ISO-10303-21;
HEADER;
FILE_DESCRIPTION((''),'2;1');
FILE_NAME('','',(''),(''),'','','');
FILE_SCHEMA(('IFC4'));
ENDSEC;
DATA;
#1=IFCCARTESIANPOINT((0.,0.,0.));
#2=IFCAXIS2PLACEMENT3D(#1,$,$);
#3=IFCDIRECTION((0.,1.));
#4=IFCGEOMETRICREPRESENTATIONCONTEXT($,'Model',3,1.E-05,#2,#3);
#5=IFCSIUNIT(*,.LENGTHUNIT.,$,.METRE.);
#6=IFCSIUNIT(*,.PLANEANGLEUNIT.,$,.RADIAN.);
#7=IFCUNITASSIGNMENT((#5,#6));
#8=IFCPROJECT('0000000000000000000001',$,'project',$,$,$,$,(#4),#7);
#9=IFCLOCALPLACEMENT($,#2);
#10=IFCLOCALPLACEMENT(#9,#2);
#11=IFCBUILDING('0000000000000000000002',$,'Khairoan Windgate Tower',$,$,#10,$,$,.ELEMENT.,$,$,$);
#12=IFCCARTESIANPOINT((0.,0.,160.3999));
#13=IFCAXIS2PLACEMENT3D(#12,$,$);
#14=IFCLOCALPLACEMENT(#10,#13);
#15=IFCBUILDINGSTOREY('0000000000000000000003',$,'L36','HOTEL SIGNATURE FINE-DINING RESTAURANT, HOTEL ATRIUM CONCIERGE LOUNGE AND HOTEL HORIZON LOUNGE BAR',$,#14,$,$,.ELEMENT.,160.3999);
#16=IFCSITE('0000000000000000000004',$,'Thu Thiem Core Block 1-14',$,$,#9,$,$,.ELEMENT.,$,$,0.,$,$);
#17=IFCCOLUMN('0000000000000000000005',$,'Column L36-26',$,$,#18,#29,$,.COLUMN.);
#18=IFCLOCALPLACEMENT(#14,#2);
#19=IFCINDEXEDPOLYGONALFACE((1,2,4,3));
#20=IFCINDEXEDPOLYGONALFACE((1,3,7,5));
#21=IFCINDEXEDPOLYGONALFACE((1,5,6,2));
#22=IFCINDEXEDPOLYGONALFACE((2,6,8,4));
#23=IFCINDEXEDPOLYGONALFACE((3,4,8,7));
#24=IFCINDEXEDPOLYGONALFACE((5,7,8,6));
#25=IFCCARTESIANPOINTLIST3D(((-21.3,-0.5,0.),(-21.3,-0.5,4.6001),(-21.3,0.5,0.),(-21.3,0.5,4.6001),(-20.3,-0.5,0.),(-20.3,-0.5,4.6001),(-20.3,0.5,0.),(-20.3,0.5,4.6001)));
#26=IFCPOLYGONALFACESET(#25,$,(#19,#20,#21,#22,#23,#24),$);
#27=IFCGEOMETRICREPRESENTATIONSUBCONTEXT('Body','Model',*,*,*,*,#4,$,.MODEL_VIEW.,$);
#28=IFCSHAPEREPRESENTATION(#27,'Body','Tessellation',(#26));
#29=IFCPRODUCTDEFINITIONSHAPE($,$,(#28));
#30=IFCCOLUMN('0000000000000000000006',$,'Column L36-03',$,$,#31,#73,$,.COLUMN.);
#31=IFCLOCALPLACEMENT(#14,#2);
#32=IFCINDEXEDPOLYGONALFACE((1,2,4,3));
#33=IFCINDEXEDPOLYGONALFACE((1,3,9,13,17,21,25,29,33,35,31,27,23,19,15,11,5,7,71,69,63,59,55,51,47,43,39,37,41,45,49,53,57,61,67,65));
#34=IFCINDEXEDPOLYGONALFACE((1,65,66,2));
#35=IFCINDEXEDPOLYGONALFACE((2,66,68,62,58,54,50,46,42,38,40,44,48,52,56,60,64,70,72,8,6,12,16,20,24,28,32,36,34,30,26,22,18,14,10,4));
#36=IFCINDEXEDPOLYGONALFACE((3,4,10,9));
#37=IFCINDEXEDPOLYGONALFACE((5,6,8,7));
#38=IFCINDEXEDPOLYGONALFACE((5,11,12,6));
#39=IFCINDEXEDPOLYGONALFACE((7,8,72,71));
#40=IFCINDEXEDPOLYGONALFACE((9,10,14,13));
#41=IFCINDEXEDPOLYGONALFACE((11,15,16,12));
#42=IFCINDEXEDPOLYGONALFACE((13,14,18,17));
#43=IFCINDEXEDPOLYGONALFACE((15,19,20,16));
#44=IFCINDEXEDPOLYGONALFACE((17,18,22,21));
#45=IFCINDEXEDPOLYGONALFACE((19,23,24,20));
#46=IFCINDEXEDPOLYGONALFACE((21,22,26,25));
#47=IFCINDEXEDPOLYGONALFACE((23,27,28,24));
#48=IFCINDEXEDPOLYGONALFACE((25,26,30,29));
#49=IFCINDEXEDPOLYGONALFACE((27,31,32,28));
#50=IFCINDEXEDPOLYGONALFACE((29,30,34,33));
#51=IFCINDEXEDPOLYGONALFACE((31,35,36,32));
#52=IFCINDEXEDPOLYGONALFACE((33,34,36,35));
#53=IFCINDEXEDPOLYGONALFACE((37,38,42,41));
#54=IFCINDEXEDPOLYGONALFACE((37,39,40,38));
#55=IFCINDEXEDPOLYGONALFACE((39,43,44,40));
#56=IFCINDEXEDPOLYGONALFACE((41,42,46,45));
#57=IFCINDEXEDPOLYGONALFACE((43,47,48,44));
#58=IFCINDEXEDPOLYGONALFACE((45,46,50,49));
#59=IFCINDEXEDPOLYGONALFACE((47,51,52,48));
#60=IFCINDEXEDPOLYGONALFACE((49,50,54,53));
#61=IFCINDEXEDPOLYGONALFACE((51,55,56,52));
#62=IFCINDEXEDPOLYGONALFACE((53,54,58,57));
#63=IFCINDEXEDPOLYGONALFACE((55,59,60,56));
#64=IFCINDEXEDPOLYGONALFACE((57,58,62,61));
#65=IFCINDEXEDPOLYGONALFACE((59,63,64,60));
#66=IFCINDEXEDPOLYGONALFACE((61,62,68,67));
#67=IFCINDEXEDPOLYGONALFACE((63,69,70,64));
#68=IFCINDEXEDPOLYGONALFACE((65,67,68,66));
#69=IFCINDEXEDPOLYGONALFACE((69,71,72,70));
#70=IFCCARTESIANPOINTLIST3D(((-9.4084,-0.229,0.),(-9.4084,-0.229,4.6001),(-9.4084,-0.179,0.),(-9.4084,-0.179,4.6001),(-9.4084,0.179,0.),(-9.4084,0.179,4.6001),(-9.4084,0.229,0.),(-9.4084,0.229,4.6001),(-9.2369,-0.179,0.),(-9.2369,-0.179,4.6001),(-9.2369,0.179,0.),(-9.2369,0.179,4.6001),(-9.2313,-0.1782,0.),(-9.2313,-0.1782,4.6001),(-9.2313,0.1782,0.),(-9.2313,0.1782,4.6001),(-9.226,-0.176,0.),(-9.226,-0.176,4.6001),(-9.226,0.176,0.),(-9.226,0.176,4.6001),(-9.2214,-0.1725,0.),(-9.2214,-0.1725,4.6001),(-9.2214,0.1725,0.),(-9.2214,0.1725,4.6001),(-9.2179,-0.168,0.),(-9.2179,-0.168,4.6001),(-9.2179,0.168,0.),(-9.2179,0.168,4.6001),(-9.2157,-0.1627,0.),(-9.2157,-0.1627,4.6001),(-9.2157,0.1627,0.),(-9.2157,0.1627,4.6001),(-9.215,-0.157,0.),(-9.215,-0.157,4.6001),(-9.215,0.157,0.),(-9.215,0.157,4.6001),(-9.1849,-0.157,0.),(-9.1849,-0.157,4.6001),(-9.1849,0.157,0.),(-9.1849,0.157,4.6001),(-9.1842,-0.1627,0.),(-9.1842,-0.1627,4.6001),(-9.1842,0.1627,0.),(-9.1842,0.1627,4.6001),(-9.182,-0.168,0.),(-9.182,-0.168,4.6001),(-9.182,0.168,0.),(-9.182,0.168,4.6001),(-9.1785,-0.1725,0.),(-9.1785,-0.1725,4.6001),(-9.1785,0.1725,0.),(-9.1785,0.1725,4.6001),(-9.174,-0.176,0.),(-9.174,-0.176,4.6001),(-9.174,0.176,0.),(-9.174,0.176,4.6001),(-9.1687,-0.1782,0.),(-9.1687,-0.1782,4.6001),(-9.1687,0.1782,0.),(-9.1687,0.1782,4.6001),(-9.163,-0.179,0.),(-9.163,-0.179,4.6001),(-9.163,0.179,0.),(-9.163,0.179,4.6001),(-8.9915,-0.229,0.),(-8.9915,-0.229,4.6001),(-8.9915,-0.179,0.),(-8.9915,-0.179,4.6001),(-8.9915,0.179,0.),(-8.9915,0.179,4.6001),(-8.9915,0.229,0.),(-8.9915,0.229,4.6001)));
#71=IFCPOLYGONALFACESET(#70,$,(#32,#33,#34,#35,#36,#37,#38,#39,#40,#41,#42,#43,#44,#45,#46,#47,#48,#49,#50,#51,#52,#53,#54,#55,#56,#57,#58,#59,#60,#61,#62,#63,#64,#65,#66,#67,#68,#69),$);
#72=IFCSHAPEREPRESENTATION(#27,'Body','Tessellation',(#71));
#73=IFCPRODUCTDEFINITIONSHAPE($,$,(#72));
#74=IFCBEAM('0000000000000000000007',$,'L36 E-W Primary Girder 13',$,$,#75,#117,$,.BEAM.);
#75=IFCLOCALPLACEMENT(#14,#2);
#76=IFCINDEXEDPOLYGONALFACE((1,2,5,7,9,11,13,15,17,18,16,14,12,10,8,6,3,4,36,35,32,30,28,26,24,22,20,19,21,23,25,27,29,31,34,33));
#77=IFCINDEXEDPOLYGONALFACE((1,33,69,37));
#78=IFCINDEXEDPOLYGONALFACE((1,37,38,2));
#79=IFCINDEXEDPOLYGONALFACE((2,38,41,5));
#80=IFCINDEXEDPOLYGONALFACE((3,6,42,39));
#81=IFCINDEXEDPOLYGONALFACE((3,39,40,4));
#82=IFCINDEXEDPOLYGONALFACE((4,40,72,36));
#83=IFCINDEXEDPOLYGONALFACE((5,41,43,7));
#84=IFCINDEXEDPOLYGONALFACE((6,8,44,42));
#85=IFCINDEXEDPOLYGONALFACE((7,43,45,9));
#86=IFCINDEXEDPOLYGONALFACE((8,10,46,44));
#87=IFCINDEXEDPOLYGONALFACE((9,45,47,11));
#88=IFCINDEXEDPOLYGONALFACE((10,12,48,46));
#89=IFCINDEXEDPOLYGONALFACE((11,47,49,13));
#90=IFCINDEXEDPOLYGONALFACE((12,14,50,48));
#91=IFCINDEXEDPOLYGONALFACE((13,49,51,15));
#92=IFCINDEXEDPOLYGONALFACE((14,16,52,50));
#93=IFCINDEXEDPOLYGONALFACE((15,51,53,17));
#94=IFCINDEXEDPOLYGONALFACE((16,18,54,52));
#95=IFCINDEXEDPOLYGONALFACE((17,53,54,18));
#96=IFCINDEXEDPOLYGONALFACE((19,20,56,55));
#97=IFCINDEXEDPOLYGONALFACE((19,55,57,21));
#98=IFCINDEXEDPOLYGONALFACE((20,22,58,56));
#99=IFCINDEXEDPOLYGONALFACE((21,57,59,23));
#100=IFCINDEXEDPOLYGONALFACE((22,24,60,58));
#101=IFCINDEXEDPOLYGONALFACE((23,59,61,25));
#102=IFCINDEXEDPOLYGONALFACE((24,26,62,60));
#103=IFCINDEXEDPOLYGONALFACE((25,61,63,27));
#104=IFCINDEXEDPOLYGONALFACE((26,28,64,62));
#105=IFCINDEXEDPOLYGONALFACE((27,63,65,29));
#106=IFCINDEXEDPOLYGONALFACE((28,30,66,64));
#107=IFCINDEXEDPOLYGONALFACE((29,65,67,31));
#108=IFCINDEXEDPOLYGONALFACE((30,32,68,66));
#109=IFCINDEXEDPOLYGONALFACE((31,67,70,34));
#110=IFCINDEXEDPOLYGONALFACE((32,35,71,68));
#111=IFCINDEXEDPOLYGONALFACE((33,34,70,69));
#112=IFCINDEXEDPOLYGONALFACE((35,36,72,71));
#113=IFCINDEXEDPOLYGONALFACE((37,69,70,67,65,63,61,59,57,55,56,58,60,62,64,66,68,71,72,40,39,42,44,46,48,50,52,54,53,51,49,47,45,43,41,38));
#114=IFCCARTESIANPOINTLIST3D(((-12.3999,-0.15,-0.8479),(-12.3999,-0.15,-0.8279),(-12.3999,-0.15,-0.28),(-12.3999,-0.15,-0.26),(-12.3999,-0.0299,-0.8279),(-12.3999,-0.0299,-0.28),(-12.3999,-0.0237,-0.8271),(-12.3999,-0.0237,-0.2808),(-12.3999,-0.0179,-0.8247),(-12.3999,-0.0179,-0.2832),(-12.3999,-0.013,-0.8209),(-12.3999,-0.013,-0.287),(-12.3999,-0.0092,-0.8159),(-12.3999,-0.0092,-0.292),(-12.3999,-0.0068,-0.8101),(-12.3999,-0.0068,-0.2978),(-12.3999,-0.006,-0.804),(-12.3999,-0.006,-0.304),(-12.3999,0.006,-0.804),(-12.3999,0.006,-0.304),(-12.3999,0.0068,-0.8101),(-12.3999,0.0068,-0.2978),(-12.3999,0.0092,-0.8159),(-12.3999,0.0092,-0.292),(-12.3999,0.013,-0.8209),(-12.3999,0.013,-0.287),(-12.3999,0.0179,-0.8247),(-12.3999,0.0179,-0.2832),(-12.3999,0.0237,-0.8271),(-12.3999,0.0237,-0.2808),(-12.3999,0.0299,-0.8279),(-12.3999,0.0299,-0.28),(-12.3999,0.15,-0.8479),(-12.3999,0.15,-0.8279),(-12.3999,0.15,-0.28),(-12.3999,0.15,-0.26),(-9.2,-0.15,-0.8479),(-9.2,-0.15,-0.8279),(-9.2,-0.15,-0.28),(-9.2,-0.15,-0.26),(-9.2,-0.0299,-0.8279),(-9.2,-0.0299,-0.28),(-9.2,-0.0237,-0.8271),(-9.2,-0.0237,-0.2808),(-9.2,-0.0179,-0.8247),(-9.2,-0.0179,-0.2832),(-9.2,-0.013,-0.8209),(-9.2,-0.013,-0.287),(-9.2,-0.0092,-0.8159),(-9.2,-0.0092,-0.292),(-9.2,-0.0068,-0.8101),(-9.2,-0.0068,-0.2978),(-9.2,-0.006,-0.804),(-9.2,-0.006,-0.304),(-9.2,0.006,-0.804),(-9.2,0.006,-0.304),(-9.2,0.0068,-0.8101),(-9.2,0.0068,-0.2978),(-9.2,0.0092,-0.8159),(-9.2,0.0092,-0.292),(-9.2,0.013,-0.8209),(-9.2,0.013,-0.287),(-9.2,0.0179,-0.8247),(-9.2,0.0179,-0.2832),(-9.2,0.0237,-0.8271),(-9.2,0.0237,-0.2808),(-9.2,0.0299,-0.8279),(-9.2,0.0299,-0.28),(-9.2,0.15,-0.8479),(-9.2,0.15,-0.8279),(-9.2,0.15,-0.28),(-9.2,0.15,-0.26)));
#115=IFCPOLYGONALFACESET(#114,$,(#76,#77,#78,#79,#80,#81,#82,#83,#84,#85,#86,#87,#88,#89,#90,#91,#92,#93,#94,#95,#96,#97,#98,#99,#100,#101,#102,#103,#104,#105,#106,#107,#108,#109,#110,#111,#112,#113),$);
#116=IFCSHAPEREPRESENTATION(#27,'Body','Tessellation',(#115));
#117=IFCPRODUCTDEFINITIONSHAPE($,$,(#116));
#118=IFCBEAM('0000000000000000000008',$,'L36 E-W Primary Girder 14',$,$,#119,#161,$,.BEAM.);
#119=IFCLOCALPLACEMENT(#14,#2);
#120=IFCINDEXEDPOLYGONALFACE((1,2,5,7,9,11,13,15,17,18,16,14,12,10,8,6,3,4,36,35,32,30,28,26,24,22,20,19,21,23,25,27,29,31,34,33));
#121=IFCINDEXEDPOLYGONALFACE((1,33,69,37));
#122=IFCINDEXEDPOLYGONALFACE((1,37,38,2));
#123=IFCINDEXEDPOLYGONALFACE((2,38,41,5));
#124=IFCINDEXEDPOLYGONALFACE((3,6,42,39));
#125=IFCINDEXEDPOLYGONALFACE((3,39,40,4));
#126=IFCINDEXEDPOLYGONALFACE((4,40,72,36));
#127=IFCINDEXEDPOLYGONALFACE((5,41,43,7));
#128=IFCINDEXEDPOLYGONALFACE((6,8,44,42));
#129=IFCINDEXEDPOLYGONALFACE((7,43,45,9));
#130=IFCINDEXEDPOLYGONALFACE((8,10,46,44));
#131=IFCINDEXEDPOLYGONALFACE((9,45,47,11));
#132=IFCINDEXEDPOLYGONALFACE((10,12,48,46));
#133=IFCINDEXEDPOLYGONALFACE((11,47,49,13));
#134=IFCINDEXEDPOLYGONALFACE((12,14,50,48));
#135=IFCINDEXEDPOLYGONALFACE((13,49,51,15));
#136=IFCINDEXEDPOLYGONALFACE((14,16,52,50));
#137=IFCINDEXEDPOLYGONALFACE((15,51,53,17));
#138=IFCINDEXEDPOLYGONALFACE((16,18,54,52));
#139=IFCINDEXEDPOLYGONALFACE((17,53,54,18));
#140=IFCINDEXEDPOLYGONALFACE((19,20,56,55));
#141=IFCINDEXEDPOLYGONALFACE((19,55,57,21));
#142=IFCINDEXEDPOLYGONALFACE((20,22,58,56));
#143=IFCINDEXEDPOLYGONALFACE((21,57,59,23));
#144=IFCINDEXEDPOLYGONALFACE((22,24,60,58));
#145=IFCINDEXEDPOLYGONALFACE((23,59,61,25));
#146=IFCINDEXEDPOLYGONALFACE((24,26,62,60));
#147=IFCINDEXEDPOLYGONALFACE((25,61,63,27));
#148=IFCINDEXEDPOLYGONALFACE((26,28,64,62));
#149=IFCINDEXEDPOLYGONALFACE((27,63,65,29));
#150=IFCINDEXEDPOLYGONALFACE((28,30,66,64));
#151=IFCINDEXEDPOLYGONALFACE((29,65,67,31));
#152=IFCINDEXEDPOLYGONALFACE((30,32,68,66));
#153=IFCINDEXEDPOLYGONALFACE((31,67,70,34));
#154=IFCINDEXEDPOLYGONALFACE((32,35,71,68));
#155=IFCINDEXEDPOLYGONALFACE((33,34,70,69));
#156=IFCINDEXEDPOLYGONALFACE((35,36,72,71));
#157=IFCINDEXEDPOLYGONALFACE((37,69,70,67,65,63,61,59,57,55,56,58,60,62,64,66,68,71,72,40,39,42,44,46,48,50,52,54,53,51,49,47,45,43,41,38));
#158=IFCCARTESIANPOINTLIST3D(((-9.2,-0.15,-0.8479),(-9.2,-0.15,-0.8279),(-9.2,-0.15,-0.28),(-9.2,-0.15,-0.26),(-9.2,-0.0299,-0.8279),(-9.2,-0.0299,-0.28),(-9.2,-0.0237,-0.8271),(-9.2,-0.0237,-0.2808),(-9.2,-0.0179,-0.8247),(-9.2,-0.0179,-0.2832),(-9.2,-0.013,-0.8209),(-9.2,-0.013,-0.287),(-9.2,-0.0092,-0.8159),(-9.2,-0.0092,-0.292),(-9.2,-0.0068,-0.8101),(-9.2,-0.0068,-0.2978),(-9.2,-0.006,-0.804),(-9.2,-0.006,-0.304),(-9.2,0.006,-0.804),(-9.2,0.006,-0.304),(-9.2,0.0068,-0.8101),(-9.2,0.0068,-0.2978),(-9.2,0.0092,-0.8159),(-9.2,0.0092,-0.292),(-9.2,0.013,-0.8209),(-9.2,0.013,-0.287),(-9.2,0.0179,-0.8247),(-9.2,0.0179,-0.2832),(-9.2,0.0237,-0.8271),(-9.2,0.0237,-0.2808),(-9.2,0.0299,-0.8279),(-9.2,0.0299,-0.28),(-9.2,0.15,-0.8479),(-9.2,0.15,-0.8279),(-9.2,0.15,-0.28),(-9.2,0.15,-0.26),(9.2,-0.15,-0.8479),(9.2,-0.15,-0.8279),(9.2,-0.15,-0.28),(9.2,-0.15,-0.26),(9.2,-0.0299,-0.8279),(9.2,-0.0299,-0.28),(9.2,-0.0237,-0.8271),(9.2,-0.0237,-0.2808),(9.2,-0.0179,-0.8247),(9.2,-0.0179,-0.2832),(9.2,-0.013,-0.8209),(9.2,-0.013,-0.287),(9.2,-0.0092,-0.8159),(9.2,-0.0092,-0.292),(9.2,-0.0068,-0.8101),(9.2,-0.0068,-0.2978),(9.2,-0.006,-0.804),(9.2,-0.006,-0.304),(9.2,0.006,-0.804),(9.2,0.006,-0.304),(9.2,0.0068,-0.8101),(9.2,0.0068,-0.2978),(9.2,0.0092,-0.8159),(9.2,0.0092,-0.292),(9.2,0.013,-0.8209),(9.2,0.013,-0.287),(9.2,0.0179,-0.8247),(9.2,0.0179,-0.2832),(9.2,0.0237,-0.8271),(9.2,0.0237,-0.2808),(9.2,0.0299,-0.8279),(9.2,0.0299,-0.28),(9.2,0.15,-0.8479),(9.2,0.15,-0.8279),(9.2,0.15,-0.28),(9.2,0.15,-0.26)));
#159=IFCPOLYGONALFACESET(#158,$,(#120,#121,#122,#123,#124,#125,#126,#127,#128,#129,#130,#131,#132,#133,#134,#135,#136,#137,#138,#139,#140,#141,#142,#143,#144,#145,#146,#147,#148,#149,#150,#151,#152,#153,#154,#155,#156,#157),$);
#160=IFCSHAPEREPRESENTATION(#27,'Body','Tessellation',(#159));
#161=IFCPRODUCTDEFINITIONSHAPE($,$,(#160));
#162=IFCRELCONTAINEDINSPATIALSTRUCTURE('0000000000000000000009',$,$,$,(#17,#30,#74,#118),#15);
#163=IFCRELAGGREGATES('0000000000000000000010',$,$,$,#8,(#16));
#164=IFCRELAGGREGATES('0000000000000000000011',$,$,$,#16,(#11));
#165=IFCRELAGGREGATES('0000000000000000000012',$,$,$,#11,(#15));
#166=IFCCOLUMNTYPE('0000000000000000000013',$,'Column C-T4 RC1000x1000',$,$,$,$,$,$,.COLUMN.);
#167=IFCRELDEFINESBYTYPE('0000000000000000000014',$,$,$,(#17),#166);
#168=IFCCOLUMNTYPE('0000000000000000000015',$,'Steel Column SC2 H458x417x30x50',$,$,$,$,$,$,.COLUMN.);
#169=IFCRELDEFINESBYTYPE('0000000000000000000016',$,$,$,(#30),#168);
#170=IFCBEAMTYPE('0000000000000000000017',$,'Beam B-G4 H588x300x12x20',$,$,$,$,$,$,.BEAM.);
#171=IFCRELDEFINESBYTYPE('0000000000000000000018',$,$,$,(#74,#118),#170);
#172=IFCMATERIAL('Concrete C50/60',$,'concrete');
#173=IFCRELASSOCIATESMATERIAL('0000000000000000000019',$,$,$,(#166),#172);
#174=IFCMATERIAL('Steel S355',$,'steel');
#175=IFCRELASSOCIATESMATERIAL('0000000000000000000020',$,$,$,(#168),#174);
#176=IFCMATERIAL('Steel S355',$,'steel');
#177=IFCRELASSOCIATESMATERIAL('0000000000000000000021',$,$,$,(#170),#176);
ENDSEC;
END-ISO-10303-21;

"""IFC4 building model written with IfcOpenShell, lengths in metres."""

from ifc_helpers import new_model, si_unit, direction, frame, origin, origin_2d, place, context, subcontext, project, spatial, rectangle, i_section, extrude, material, material_profile, profile_set, type_object, element, save


model = new_model("IFC4")

# Units and contexts
model_context = context("Model", 3, precision=1e-05, world=origin(), true_north=direction((0.0, 1.0)))
body_context = subcontext(model_context, "Body", "Model", "MODEL_VIEW")
ifc_project = project(units=[si_unit("LENGTHUNIT", "METRE"), si_unit("PLANEANGLEUNIT", "RADIAN")], contexts=[model_context])

# Site, building, storey
site_placement = place(None, origin())
site = spatial("IfcSite", under=ifc_project, at=site_placement, Name="Thu Thiem Core Block 1-14", CompositionType="ELEMENT", RefElevation=0.0)
building_placement = place(site_placement, origin())
building = spatial("IfcBuilding", under=site, at=building_placement, Name="Khairoan Windgate Tower", CompositionType="ELEMENT")
storey_placement = place(building_placement, frame((0.0, 0.0, 160.3999)))
storey = spatial("IfcBuildingStorey", under=building, at=storey_placement, Name="L36", Description="HOTEL SIGNATURE FINE-DINING RESTAURANT, HOTEL ATRIUM CONCIERGE LOUNGE AND HOTEL HORIZON LOUNGE BAR", CompositionType="ELEMENT", Elevation=160.3999)

# Columns
ifc_material_1 = material(Name="Concrete C50/60", Category="concrete")
ifc_material_profile_1 = material_profile(ifc_material_1, rectangle(XDim=1.0, YDim=1.0, at=origin_2d()))
ifc_profile_set_1 = profile_set([ifc_material_profile_1], Name="Concrete C50/60")
column_type_1 = type_object("IfcColumnType", Name="Column C-T4 RC1000x1000", PredefinedType="COLUMN", material=ifc_profile_set_1)
column_1_placement = place(storey_placement, frame((-20.8, 0.0, 0.0), z_axis=(0.0, 0.0, 1.0), x_axis=(1.0, 0.0, 0.0)))
element("IfcColumn", 1, at=column_1_placement, inside=storey, type_object=column_type_1, Name="Column L36-26", PredefinedType="COLUMN", context=body_context, shape_type="SweptSolid", body=[
    extrude(rectangle(XDim=1.0, YDim=1.0, at=origin_2d()), origin(), (0.0, 0.0, 1.0), 4.6001),
])
ifc_material_2 = material(Name="Steel S355", Category="steel")
ifc_material_profile_2 = material_profile(ifc_material_2, i_section(OverallWidth=0.417, OverallDepth=0.458, WebThickness=0.03, FlangeThickness=0.05, FilletRadius=0.022, at=origin_2d()))
ifc_profile_set_2 = profile_set([ifc_material_profile_2], Name="Steel S355")
column_type_2 = type_object("IfcColumnType", Name="Steel Column SC2 H458x417x30x50", PredefinedType="COLUMN", material=ifc_profile_set_2)
column_2_placement = place(storey_placement, frame((-9.2, 0.0, 0.0), z_axis=(0.0, 0.0, 1.0), x_axis=(1.0, 0.0, 0.0)))
element("IfcColumn", 2, at=column_2_placement, inside=storey, type_object=column_type_2, Name="Column L36-03", PredefinedType="COLUMN", context=body_context, shape_type="SweptSolid", body=[
    extrude(i_section(OverallWidth=0.417, OverallDepth=0.458, WebThickness=0.03, FlangeThickness=0.05, FilletRadius=0.022, at=origin_2d()), origin(), (0.0, 0.0, 1.0), 4.6001),
])

# Beams
ifc_material_3 = material(Name="Steel S355", Category="steel")
ifc_material_profile_3 = material_profile(ifc_material_3, i_section(OverallWidth=0.3, OverallDepth=0.5879, WebThickness=0.012, FlangeThickness=0.02, FilletRadius=0.0239, at=origin_2d()))
ifc_profile_set_3 = profile_set([ifc_material_profile_3], Name="Steel S355")
beam_type_1 = type_object("IfcBeamType", Name="Beam B-G4 H588x300x12x20", PredefinedType="BEAM", material=ifc_profile_set_3)
beam_1_placement = place(storey_placement, frame((-12.3999, 0.0, -0.554), z_axis=(1.0, 0.0, 0.0), x_axis=(0.0, 1.0, 0.0)))
element("IfcBeam", 3, at=beam_1_placement, inside=storey, type_object=beam_type_1, Name="L36 E-W Primary Girder 13", PredefinedType="BEAM", context=body_context, shape_type="SweptSolid", body=[
    extrude(i_section(OverallWidth=0.3, OverallDepth=0.5879, WebThickness=0.012, FlangeThickness=0.02, FilletRadius=0.0239, at=origin_2d()), origin(), (0.0, 0.0, 1.0), 3.2),
])
beam_2_placement = place(storey_placement, frame((-9.2, 0.0, -0.554), z_axis=(1.0, 0.0, 0.0), x_axis=(0.0, 1.0, 0.0)))
element("IfcBeam", 4, at=beam_2_placement, inside=storey, type_object=beam_type_1, Name="L36 E-W Primary Girder 14", PredefinedType="BEAM", context=body_context, shape_type="SweptSolid", body=[
    extrude(i_section(OverallWidth=0.3, OverallDepth=0.5879, WebThickness=0.012, FlangeThickness=0.02, FilletRadius=0.0239, at=origin_2d()), origin(), (0.0, 0.0, 1.0), 18.3999),
])

save(model, "model.ifc")
